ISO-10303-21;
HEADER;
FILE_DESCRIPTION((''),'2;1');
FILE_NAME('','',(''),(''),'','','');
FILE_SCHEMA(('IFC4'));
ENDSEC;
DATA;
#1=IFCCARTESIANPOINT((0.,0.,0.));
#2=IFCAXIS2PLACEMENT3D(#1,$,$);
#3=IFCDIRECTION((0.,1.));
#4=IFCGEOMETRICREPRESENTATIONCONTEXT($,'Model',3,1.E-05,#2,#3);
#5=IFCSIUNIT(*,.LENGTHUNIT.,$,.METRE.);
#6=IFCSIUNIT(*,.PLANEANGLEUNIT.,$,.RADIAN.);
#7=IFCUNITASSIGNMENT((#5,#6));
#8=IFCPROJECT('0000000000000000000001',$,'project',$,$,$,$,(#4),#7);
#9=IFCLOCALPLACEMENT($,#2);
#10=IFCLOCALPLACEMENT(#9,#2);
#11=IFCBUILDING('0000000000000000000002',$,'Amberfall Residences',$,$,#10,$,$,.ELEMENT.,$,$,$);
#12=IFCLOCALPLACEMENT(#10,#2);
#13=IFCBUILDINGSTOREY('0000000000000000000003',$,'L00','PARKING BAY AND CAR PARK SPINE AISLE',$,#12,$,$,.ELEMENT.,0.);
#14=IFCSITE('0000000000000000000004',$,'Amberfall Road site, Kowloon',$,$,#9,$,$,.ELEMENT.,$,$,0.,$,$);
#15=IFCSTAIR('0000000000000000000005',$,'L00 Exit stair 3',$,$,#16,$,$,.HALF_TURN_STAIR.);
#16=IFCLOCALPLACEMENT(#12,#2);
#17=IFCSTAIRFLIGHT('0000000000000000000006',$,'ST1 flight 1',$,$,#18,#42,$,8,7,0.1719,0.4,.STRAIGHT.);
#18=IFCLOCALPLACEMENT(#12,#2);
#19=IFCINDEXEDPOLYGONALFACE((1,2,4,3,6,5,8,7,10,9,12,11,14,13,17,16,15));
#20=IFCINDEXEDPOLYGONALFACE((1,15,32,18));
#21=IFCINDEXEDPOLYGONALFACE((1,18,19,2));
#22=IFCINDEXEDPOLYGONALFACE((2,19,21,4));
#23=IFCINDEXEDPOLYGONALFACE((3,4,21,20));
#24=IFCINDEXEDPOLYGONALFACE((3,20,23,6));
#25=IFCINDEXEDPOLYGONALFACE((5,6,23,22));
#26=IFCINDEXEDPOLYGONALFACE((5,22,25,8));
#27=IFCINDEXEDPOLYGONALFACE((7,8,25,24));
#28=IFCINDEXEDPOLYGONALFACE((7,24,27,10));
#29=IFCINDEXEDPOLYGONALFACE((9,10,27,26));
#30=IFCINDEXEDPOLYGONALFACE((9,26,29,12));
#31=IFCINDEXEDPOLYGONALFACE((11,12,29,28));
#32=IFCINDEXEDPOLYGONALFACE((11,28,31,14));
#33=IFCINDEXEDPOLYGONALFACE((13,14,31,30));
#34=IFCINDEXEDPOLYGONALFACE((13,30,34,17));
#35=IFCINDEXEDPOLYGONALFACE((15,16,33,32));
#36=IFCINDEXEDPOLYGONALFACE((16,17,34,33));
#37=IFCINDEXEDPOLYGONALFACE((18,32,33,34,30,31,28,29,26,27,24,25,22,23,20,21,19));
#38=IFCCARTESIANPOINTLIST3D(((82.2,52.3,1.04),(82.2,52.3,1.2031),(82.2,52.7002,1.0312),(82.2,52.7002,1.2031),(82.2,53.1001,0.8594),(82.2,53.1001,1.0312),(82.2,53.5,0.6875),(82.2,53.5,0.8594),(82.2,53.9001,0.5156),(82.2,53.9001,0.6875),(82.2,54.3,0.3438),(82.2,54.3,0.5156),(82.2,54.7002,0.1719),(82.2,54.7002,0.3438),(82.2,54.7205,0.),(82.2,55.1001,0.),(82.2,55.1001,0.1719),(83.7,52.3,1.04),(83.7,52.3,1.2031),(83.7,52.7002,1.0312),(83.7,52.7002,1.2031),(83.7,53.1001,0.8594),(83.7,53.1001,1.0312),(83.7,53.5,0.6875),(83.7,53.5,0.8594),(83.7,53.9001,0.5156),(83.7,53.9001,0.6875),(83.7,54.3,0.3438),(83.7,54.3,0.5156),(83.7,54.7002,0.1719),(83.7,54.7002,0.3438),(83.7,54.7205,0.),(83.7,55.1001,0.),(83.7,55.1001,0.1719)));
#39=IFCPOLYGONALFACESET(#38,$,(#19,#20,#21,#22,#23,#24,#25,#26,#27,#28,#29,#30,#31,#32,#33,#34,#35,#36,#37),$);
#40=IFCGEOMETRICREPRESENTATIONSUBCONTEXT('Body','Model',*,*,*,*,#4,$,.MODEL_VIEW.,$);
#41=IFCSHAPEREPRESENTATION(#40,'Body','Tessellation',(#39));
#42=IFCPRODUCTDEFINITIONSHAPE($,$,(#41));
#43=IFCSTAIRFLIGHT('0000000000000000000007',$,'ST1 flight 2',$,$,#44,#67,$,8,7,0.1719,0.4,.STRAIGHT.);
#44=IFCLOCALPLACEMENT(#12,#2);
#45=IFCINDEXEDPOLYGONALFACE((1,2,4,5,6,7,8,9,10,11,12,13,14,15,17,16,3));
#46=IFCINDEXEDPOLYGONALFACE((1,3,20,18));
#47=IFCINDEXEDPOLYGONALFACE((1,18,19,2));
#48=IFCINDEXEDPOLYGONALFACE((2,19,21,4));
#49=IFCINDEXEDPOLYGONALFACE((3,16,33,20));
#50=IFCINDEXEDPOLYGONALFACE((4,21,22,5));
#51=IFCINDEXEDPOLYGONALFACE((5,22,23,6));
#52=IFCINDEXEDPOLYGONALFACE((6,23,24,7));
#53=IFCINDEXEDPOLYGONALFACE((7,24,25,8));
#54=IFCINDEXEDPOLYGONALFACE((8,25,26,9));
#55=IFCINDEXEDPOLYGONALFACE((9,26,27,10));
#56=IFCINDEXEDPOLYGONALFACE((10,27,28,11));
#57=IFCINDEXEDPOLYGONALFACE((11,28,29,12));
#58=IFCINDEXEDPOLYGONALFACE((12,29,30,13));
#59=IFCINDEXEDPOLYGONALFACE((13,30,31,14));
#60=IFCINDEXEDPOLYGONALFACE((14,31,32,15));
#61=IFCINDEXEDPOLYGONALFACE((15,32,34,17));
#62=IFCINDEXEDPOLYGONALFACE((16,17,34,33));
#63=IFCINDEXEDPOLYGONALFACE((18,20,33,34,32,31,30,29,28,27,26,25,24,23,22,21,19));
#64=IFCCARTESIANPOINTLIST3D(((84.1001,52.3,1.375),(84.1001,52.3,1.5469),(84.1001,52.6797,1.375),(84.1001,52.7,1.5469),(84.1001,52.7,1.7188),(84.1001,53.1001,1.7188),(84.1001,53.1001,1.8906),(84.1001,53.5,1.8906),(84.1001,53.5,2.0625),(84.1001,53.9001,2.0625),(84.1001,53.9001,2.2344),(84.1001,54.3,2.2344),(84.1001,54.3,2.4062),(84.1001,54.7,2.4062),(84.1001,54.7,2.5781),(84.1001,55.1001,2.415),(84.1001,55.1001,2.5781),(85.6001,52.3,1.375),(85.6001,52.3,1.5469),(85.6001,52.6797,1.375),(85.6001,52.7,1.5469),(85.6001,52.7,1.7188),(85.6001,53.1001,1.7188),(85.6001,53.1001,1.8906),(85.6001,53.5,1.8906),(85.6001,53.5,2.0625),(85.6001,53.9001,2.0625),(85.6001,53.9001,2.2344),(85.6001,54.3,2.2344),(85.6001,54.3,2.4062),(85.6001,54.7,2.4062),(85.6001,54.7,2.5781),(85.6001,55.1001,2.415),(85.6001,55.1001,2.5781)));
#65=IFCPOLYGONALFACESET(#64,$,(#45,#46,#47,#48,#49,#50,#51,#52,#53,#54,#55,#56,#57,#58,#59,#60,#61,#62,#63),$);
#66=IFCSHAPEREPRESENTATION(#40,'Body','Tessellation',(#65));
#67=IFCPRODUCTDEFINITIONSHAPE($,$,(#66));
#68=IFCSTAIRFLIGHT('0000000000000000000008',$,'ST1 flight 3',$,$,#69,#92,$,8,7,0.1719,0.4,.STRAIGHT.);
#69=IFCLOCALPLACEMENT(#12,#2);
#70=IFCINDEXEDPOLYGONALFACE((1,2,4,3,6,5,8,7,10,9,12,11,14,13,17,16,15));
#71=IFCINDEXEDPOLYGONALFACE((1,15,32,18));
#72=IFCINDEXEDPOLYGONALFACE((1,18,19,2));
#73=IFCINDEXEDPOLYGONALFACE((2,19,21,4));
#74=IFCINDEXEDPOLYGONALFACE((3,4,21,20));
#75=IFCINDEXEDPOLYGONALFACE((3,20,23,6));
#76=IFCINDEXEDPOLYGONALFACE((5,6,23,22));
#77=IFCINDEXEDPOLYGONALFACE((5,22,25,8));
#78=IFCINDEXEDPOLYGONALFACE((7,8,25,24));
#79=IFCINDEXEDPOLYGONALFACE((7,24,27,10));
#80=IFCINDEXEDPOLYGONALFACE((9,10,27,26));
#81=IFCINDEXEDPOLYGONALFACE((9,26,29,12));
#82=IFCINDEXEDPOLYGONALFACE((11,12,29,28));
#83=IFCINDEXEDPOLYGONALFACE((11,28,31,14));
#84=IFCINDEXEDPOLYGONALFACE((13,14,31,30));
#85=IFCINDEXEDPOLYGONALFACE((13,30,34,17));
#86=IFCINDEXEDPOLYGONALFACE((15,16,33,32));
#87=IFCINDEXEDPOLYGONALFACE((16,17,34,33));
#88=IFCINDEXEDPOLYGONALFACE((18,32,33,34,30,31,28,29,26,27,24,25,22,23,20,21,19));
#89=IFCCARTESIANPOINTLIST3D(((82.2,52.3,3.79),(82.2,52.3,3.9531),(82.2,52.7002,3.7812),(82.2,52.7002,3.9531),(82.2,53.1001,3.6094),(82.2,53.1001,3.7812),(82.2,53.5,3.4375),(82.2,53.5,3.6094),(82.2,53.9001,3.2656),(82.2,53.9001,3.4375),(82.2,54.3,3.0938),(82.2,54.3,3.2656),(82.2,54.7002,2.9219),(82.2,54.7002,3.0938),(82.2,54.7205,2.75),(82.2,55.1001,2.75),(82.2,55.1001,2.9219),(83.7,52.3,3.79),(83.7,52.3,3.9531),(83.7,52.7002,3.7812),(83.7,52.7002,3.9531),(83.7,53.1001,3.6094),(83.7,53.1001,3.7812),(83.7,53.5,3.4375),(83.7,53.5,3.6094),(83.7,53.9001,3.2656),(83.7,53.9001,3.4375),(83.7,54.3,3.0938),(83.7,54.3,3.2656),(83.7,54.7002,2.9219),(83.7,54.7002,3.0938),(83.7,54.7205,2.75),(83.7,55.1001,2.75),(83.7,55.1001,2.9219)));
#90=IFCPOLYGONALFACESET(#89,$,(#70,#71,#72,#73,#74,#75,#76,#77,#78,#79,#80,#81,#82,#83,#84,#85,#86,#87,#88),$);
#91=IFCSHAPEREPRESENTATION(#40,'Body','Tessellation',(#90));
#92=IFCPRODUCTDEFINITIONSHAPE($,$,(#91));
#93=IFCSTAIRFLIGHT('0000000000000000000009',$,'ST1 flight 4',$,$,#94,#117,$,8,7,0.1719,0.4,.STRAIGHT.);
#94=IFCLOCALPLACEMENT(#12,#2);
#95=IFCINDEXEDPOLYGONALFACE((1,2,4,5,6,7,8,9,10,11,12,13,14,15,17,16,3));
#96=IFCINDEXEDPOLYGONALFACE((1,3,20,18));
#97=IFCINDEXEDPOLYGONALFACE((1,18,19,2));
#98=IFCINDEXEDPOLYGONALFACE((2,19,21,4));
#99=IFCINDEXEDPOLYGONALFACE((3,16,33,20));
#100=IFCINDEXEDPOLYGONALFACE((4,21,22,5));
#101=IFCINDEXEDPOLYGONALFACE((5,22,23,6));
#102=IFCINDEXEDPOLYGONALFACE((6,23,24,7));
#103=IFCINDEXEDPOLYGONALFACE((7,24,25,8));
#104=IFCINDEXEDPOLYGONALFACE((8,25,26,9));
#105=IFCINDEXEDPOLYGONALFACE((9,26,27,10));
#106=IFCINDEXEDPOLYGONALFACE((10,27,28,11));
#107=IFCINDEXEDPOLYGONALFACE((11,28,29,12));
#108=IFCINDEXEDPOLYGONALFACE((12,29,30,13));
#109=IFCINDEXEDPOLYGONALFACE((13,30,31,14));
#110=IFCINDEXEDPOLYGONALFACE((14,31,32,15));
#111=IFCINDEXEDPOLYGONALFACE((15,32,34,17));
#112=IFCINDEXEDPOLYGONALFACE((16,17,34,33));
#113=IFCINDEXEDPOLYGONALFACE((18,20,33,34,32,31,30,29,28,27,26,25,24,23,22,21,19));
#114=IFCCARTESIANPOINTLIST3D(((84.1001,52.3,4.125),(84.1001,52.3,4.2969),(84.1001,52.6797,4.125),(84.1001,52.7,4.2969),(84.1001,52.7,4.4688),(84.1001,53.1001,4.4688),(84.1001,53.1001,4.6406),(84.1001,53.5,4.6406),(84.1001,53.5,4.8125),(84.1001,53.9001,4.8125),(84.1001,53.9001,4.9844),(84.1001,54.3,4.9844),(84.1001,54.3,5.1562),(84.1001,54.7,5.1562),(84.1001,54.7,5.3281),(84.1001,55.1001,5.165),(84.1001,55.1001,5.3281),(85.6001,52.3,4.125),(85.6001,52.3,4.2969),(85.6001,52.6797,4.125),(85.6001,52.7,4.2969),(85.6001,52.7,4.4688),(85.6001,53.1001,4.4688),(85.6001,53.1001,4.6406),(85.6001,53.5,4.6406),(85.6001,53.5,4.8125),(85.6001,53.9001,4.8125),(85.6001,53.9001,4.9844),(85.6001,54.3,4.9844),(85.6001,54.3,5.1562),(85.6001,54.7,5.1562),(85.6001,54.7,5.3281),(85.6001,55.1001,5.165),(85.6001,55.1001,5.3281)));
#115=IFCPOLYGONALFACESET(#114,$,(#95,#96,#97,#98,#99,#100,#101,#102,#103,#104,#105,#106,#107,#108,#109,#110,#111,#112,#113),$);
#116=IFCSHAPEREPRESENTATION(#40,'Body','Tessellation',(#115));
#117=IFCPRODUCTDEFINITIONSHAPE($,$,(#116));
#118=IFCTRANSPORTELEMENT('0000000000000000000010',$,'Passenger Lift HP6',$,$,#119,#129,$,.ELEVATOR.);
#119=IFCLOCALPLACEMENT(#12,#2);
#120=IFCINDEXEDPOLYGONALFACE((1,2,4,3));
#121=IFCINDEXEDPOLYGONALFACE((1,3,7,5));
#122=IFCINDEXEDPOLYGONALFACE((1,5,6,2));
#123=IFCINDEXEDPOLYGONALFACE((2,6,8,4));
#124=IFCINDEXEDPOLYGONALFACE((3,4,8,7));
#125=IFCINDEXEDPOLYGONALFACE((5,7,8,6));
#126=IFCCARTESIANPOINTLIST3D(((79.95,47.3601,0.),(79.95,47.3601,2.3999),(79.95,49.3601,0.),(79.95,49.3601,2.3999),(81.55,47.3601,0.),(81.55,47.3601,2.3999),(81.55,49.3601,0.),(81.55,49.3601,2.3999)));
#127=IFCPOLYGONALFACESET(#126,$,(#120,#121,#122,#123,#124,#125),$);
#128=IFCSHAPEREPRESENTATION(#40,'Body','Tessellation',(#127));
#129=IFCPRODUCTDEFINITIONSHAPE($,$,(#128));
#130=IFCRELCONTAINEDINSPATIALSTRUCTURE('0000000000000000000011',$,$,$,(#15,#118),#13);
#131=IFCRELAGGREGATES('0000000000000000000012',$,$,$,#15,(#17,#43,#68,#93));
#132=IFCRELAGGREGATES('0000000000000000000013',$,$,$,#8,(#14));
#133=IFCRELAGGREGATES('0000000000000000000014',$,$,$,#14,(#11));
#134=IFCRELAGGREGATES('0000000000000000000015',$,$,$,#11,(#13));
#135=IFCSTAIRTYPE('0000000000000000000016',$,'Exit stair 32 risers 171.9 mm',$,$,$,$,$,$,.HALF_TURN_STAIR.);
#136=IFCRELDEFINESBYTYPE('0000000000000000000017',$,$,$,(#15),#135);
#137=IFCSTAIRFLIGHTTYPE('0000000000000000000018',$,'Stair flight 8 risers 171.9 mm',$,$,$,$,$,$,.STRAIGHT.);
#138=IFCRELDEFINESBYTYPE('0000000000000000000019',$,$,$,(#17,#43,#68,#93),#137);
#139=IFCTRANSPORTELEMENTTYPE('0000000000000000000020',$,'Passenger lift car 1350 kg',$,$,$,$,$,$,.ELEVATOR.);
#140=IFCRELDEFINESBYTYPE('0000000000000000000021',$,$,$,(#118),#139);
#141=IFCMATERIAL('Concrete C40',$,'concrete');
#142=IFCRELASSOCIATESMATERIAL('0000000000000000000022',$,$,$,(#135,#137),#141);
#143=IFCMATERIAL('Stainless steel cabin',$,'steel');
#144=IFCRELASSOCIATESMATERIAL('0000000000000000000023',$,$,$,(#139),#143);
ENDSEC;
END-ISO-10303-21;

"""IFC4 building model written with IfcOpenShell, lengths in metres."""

from ifc_helpers import new_model, si_unit, direction, frame, origin, origin_2d, place, context, subcontext, project, spatial, polyline, rectangle, outline, extrude, material, type_object, element, aggregate, save


model = new_model("IFC4")

# Units and contexts
model_context = context("Model", 3, precision=1e-05, world=origin(), true_north=direction((0.0, 1.0)))
body_context = subcontext(model_context, "Body", "Model", "MODEL_VIEW")
ifc_project = project(units=[si_unit("LENGTHUNIT", "METRE"), si_unit("PLANEANGLEUNIT", "RADIAN")], contexts=[model_context])

# Site, building, storey
site_placement = place(None, origin())
site = spatial("IfcSite", under=ifc_project, at=site_placement, Name="Amberfall Road site, Kowloon", CompositionType="ELEMENT", RefElevation=0.0)
building_placement = place(site_placement, origin())
building = spatial("IfcBuilding", under=site, at=building_placement, Name="Amberfall Residences", CompositionType="ELEMENT")
storey_placement = place(building_placement, origin())
storey = spatial("IfcBuildingStorey", under=building, at=storey_placement, Name="L00", Description="PARKING BAY AND CAR PARK SPINE AISLE", CompositionType="ELEMENT", Elevation=0.0)

# Stair, stair flights
ifc_material_1 = material(Name="Concrete C40", Category="concrete")
stair_type = type_object("IfcStairType", Name="Exit stair 32 risers 171.9 mm", PredefinedType="HALF_TURN_STAIR", material=ifc_material_1)
stair_placement = place(storey_placement, origin())
stair = element("IfcStair", 1, at=stair_placement, inside=storey, type_object=stair_type, Name="L00 Exit stair 3", PredefinedType="HALF_TURN_STAIR")
stair_flight_type = type_object("IfcStairFlightType", Name="Stair flight 8 risers 171.9 mm", PredefinedType="STRAIGHT", material=ifc_material_1)
stair_flight_1_placement = place(storey_placement, frame((82.95, 55.1001, 0.0), z_axis=(0.0, 0.0, 1.0), x_axis=(0.0, -1.0, 0.0)))
stair_flight_1 = element("IfcStairFlight", 2, at=stair_flight_1_placement, type_object=stair_flight_type, Name="ST1 flight 1", NumberOfRisers=8, NumberOfTreads=7, PredefinedType="STRAIGHT", RiserHeight=0.1719, TreadLength=0.4, context=body_context, shape_type="SweptSolid", body=[
    extrude(outline(polyline([(0.0, 0.0), (0.0, 0.1719), (0.3999, 0.1719), (0.3999, 0.3438), (0.8, 0.3438), (0.8, 0.5156), (1.2, 0.5156), (1.2, 0.6875), (1.6001, 0.6875), (1.6001, 0.8594), (2.0, 0.8594), (2.0, 1.0312), (2.3999, 1.0312), (2.3999, 1.2031), (2.8, 1.2031), (2.8, 1.375), (2.8, 1.04), (0.3796, 0.0), (0.0, 0.0)])), frame((0.0, 0.75, 0.0), z_axis=(0.0, -1.0, 0.0), x_axis=(1.0, 0.0, 0.0)), (0.0, 0.0, 1.0), 1.5),
])
stair_flight_2_placement = place(storey_placement, frame((84.8501, 52.3, 1.375), z_axis=(0.0, 0.0, 1.0), x_axis=(0.0, 1.0, 0.0)))
stair_flight_2 = element("IfcStairFlight", 3, at=stair_flight_2_placement, type_object=stair_flight_type, Name="ST1 flight 2", NumberOfRisers=8, NumberOfTreads=7, PredefinedType="STRAIGHT", RiserHeight=0.1719, TreadLength=0.4, context=body_context, shape_type="SweptSolid", body=[
    extrude(outline(polyline([(0.0, 0.0), (0.0, 0.1719), (0.3999, 0.1719), (0.3999, 0.3438), (0.8, 0.3438), (0.8, 0.5156), (1.2, 0.5156), (1.2, 0.6875), (1.6001, 0.6875), (1.6001, 0.8594), (2.0, 0.8594), (2.0, 1.0312), (2.3999, 1.0312), (2.3999, 1.2031), (2.8, 1.2031), (2.8, 1.375), (2.8, 1.04), (0.3796, 0.0), (0.0, 0.0)])), frame((0.0, 0.75, 0.0), z_axis=(0.0, -1.0, 0.0), x_axis=(1.0, 0.0, 0.0)), (0.0, 0.0, 1.0), 1.5),
])
stair_flight_3_placement = place(storey_placement, frame((82.95, 55.1001, 2.75), z_axis=(0.0, 0.0, 1.0), x_axis=(0.0, -1.0, 0.0)))
stair_flight_3 = element("IfcStairFlight", 4, at=stair_flight_3_placement, type_object=stair_flight_type, Name="ST1 flight 3", NumberOfRisers=8, NumberOfTreads=7, PredefinedType="STRAIGHT", RiserHeight=0.1719, TreadLength=0.4, context=body_context, shape_type="SweptSolid", body=[
    extrude(outline(polyline([(0.0, 0.0), (0.0, 0.1719), (0.3999, 0.1719), (0.3999, 0.3438), (0.8, 0.3438), (0.8, 0.5156), (1.2, 0.5156), (1.2, 0.6875), (1.6001, 0.6875), (1.6001, 0.8594), (2.0, 0.8594), (2.0, 1.0312), (2.3999, 1.0312), (2.3999, 1.2031), (2.8, 1.2031), (2.8, 1.375), (2.8, 1.04), (0.3796, 0.0), (0.0, 0.0)])), frame((0.0, 0.75, 0.0), z_axis=(0.0, -1.0, 0.0), x_axis=(1.0, 0.0, 0.0)), (0.0, 0.0, 1.0), 1.5),
])
stair_flight_4_placement = place(storey_placement, frame((84.8501, 52.3, 4.125), z_axis=(0.0, 0.0, 1.0), x_axis=(0.0, 1.0, 0.0)))
stair_flight_4 = element("IfcStairFlight", 5, at=stair_flight_4_placement, type_object=stair_flight_type, Name="ST1 flight 4", NumberOfRisers=8, NumberOfTreads=7, PredefinedType="STRAIGHT", RiserHeight=0.1719, TreadLength=0.4, context=body_context, shape_type="SweptSolid", body=[
    extrude(outline(polyline([(0.0, 0.0), (0.0, 0.1719), (0.3999, 0.1719), (0.3999, 0.3438), (0.8, 0.3438), (0.8, 0.5156), (1.2, 0.5156), (1.2, 0.6875), (1.6001, 0.6875), (1.6001, 0.8594), (2.0, 0.8594), (2.0, 1.0312), (2.3999, 1.0312), (2.3999, 1.2031), (2.8, 1.2031), (2.8, 1.375), (2.8, 1.04), (0.3796, 0.0), (0.0, 0.0)])), frame((0.0, 0.75, 0.0), z_axis=(0.0, -1.0, 0.0), x_axis=(1.0, 0.0, 0.0)), (0.0, 0.0, 1.0), 1.5),
])
aggregate(stair, [stair_flight_1, stair_flight_2, stair_flight_3, stair_flight_4])

# Transport element
ifc_material_2 = material(Name="Stainless steel cabin", Category="steel")
transport_element_type = type_object("IfcTransportElementType", Name="Passenger lift car 1350 kg", PredefinedType="ELEVATOR", material=ifc_material_2)
transport_element_placement = place(storey_placement, frame((80.75, 48.3601, 0.0), z_axis=(0.0, 0.0, 1.0), x_axis=(1.0, 0.0, 0.0)))
element("IfcTransportElement", 6, at=transport_element_placement, inside=storey, type_object=transport_element_type, Name="Passenger Lift HP6", PredefinedType="ELEVATOR", context=body_context, shape_type="SweptSolid", body=[
    extrude(rectangle(XDim=1.6001, YDim=2.0, at=origin_2d()), origin(), (0.0, 0.0, 1.0), 2.3999),
])

save(model, "model.ifc")
